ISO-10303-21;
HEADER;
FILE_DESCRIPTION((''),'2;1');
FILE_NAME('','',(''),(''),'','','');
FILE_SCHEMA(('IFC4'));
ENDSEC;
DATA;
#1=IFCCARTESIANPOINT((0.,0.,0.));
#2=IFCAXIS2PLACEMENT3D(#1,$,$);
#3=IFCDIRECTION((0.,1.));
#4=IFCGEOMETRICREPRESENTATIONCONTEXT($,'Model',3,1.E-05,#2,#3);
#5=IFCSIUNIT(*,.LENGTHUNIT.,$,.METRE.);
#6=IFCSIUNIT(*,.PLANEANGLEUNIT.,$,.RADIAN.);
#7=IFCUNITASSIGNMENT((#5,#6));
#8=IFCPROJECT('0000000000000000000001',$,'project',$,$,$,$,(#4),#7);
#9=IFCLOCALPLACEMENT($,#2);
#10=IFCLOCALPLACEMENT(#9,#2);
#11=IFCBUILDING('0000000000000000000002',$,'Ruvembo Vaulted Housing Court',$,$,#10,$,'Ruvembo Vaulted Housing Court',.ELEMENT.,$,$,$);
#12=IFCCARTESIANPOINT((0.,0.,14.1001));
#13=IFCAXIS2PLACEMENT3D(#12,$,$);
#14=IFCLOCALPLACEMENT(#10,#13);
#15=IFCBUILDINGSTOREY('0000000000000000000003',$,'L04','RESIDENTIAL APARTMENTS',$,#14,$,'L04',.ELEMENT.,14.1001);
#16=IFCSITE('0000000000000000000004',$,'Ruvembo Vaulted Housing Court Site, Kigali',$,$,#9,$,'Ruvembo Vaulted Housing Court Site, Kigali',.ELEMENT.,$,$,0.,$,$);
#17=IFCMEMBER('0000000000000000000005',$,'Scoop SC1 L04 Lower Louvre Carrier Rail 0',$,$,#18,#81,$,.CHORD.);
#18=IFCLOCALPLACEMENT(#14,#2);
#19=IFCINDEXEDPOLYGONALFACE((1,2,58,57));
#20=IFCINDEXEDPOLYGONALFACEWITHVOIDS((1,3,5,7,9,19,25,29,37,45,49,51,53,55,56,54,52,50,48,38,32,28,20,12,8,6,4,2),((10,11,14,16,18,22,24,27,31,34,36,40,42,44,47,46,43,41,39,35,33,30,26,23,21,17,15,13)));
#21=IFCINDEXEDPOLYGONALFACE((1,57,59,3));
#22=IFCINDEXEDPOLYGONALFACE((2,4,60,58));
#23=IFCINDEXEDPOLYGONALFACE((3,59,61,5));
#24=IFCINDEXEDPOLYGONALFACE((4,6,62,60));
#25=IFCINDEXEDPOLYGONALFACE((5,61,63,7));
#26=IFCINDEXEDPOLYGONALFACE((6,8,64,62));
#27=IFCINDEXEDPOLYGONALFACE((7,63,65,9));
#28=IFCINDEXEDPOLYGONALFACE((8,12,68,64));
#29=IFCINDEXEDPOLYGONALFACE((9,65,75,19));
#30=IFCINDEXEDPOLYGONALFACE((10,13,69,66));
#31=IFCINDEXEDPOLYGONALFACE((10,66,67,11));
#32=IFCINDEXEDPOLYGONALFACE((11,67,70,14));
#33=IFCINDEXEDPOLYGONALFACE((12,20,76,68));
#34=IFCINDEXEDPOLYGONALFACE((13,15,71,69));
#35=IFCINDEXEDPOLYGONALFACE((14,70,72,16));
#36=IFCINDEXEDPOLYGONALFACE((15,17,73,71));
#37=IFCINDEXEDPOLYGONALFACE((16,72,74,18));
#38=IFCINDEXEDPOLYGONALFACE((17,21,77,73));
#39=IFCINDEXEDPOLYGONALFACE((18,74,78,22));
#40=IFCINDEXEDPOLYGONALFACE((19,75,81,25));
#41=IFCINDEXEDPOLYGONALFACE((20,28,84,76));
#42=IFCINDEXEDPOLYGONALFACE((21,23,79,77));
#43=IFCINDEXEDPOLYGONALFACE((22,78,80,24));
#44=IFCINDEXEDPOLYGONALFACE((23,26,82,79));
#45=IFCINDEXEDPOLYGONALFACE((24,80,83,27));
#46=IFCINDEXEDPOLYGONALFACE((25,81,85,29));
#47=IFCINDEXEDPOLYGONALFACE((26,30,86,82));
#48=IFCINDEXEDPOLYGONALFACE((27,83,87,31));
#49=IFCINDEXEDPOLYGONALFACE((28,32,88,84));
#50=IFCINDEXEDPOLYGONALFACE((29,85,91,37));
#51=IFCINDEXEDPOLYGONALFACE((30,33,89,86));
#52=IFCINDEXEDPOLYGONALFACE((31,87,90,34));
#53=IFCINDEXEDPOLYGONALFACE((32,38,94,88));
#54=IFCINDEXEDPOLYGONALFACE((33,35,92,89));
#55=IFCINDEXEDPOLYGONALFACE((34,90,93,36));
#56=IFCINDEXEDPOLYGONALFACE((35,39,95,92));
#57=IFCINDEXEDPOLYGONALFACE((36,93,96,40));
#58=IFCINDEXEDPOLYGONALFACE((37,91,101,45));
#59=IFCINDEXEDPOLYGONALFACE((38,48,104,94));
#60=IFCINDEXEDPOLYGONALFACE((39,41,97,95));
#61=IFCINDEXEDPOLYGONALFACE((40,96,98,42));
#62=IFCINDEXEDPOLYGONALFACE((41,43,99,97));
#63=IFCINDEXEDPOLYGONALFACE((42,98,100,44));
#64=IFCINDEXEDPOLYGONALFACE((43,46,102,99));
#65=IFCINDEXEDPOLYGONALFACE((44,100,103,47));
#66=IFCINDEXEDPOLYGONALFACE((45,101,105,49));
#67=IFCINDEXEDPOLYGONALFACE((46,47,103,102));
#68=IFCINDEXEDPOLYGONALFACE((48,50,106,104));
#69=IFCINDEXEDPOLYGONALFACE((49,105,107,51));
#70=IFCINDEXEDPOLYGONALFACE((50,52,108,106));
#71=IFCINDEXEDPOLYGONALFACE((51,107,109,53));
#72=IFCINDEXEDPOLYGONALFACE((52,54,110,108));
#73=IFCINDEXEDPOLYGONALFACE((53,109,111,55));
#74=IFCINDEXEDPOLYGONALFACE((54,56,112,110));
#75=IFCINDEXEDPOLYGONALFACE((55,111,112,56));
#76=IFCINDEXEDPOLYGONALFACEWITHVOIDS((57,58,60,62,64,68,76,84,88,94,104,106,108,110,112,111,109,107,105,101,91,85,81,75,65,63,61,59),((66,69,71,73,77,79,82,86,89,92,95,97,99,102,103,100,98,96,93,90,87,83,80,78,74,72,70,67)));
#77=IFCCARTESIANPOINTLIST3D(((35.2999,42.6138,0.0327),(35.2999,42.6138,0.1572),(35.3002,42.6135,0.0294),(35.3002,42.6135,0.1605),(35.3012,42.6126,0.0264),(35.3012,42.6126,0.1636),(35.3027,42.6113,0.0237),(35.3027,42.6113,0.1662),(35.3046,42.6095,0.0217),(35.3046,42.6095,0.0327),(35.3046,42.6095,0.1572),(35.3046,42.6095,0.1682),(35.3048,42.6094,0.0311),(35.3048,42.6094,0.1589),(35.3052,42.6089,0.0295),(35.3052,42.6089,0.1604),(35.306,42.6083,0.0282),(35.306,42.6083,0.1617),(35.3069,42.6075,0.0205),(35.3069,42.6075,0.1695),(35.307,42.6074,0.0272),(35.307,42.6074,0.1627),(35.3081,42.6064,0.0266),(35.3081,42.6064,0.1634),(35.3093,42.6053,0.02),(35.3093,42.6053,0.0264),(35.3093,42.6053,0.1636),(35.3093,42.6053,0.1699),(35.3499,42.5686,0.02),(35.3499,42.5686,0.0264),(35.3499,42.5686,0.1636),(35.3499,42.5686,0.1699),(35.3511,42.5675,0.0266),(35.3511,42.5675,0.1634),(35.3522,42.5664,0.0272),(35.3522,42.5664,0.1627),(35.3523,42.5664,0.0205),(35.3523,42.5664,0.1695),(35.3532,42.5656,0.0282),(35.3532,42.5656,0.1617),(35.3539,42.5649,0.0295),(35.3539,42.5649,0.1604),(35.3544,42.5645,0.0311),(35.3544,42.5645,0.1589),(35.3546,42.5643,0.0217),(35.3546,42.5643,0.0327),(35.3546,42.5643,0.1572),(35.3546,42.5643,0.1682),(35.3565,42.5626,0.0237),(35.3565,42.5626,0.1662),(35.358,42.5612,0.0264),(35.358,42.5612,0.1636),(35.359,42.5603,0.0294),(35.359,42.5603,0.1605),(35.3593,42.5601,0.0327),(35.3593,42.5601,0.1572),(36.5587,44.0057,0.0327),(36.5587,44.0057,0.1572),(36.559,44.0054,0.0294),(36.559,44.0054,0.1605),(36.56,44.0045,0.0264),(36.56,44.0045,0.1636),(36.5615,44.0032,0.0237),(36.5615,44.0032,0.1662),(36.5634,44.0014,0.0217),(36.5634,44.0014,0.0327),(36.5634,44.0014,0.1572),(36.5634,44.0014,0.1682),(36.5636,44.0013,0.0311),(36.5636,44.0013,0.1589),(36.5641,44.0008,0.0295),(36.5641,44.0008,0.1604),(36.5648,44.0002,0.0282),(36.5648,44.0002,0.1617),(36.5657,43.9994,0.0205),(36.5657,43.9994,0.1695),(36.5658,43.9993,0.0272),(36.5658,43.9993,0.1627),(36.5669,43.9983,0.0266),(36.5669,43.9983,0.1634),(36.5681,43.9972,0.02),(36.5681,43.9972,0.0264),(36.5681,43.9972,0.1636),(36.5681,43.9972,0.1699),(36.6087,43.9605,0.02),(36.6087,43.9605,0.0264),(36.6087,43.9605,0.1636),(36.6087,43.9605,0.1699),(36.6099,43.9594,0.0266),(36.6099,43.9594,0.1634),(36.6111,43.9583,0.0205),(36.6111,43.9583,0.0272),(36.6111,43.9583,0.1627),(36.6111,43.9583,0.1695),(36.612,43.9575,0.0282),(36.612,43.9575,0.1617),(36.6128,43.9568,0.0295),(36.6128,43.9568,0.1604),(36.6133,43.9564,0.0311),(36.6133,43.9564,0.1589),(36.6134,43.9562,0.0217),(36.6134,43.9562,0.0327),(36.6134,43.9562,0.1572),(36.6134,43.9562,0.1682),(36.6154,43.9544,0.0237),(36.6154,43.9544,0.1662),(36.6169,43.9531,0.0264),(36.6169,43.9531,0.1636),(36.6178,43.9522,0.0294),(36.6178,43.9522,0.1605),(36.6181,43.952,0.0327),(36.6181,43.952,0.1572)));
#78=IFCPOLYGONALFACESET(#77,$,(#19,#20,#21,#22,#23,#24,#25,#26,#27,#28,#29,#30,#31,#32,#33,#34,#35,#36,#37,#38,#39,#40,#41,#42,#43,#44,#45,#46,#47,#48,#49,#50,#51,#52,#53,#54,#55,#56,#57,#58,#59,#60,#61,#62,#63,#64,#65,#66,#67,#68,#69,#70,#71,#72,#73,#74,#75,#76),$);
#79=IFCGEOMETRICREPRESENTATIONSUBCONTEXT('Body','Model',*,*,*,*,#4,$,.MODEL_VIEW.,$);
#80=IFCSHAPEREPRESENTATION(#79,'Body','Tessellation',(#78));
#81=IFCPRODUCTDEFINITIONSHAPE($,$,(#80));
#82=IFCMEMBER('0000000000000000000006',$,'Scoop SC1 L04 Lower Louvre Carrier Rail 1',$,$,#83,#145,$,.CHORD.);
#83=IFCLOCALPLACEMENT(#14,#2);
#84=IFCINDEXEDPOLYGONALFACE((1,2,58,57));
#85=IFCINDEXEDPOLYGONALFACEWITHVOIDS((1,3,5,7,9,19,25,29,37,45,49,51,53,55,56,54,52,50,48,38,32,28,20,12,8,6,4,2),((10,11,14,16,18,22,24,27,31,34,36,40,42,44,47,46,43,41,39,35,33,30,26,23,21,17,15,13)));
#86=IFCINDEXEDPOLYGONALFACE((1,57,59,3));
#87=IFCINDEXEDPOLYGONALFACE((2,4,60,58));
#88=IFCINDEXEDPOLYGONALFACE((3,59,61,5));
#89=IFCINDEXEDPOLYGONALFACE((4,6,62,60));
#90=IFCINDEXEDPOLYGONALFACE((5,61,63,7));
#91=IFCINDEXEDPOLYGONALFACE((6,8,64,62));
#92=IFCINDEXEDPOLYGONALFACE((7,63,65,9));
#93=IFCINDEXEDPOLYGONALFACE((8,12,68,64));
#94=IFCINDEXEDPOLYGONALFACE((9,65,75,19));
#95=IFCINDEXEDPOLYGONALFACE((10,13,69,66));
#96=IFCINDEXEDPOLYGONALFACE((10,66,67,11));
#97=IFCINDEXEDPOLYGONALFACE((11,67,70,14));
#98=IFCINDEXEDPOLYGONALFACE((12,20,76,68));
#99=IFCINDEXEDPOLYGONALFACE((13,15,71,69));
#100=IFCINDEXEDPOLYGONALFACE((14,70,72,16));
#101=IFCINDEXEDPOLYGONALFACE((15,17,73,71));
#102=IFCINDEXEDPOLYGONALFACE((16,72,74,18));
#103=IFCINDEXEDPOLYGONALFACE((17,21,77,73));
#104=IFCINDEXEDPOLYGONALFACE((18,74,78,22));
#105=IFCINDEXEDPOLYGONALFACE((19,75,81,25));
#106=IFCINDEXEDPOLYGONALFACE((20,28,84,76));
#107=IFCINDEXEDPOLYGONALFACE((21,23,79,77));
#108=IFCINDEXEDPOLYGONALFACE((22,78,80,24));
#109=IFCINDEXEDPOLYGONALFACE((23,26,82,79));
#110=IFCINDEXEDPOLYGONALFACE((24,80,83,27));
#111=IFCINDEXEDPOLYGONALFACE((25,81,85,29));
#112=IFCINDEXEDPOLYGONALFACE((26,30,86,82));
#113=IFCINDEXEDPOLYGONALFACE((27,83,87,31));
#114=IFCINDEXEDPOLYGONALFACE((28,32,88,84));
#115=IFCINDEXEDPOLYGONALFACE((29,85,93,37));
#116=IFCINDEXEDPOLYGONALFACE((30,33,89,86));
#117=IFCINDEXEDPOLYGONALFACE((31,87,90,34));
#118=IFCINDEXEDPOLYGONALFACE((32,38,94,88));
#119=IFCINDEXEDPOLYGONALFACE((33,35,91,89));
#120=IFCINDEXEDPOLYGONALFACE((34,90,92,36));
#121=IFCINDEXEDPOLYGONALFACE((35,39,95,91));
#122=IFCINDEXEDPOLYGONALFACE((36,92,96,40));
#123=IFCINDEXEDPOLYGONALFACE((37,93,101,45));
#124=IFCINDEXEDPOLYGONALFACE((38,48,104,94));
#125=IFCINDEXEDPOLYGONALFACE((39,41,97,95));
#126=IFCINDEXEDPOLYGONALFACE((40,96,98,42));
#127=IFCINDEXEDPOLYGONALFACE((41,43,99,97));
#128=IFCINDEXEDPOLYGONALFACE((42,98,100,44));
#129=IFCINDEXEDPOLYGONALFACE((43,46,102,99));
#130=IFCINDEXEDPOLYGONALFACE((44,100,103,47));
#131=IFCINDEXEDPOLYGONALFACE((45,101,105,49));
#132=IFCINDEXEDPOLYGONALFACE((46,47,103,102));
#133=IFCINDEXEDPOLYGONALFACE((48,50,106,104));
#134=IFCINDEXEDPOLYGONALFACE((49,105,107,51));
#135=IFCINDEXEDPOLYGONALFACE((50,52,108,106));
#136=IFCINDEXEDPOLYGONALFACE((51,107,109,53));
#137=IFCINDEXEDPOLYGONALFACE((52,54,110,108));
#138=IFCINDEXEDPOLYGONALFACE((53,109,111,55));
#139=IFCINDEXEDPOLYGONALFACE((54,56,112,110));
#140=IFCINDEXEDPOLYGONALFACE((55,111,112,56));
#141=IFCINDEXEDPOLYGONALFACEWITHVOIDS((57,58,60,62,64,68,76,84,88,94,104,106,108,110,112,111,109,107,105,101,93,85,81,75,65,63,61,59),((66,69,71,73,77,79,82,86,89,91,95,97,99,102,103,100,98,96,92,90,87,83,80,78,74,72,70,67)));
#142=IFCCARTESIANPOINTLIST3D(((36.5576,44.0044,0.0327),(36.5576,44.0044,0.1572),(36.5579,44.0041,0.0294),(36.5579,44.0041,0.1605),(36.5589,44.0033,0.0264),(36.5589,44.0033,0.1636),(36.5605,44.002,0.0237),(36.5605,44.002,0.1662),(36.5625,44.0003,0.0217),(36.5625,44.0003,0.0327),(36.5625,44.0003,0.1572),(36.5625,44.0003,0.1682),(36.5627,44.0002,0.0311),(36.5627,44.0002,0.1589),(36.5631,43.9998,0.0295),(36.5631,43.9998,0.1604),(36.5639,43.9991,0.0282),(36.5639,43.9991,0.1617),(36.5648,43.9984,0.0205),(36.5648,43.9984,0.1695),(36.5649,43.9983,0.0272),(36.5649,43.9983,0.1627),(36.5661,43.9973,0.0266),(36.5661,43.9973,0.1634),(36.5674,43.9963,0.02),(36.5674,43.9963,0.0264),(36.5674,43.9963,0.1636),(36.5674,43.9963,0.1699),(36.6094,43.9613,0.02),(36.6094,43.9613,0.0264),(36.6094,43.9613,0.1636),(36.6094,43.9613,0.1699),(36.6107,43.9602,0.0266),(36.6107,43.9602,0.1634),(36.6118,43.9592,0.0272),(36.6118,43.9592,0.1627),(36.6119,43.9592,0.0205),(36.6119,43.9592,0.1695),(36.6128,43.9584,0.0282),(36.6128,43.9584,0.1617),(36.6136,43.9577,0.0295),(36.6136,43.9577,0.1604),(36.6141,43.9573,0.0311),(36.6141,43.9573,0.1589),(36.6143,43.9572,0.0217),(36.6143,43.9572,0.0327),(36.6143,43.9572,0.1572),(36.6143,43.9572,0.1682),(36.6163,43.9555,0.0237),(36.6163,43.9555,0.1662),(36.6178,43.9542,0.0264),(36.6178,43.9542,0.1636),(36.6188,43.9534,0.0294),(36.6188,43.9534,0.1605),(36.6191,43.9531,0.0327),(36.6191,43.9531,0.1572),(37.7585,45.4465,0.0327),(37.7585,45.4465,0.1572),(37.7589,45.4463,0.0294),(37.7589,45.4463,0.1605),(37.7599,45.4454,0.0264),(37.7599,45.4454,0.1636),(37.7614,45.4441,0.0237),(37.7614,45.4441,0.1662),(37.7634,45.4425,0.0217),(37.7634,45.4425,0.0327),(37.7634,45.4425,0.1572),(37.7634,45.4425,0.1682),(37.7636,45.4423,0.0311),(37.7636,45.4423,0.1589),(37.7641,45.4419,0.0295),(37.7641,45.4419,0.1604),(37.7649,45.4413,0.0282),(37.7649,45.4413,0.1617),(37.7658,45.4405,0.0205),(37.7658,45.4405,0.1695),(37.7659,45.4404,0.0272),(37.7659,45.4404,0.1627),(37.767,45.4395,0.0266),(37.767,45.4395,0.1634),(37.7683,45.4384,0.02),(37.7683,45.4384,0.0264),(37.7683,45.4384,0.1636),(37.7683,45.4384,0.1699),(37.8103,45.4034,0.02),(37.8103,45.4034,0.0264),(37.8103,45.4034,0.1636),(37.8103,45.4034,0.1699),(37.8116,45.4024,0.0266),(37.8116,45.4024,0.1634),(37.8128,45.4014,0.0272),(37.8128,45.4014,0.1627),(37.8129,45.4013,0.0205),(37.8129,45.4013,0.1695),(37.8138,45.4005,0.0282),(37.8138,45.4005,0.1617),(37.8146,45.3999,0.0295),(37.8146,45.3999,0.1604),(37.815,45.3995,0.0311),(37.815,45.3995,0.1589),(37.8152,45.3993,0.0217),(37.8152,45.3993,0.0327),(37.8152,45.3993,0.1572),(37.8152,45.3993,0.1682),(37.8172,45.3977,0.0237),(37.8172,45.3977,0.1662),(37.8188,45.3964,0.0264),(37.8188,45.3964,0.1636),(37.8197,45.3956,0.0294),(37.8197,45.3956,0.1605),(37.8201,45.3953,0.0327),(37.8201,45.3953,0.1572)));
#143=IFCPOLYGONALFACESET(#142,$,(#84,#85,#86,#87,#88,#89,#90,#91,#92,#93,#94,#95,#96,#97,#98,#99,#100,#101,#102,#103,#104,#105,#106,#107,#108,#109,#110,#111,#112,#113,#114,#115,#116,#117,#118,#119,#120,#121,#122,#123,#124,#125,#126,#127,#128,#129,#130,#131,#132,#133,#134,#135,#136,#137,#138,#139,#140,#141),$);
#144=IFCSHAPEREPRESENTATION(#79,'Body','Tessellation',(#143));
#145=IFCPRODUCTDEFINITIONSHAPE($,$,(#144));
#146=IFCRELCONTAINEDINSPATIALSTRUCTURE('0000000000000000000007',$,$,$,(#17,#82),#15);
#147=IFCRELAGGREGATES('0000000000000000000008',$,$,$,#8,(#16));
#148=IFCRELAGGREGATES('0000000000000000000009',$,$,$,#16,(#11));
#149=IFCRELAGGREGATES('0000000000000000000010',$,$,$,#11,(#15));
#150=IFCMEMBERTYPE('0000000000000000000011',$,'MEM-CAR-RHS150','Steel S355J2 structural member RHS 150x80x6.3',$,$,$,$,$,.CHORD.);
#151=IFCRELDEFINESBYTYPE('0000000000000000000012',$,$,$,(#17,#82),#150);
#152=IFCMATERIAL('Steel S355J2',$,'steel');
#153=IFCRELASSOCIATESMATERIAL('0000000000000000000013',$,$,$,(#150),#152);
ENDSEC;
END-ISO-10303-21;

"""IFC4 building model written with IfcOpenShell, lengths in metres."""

from ifc_helpers import new_model, si_unit, direction, frame, origin, origin_2d, place, context, subcontext, project, spatial, hollow_rectangle, extrude, material, material_profile, profile_set, type_object, element, save


model = new_model("IFC4")

# Units and contexts
model_context = context("Model", 3, precision=1e-05, world=origin(), true_north=direction((0.0, 1.0)))
body_context = subcontext(model_context, "Body", "Model", "MODEL_VIEW")
ifc_project = project(units=[si_unit("LENGTHUNIT", "METRE"), si_unit("PLANEANGLEUNIT", "RADIAN")], contexts=[model_context])

# Site, building, storey
site_placement = place(None, origin())
site = spatial("IfcSite", under=ifc_project, at=site_placement, Name="Ruvembo Vaulted Housing Court Site, Kigali", LongName="Ruvembo Vaulted Housing Court Site, Kigali", CompositionType="ELEMENT", RefElevation=0.0)
building_placement = place(site_placement, origin())
building = spatial("IfcBuilding", under=site, at=building_placement, Name="Ruvembo Vaulted Housing Court", LongName="Ruvembo Vaulted Housing Court", CompositionType="ELEMENT")
storey_placement = place(building_placement, frame((0.0, 0.0, 14.1001)))
storey = spatial("IfcBuildingStorey", under=building, at=storey_placement, Name="L04", Description="RESIDENTIAL APARTMENTS", LongName="L04", CompositionType="ELEMENT", Elevation=14.1001)

# Shared definitions
ifc_material_1 = material(Name="Steel S355J2", Category="steel")

# Members
ifc_material_profile_1 = material_profile(ifc_material_1, hollow_rectangle(XDim=0.0801, YDim=0.1499, WallThickness=0.0063, InnerFilletRadius=0.0063, OuterFilletRadius=0.0127, at=origin_2d()), Name="RHS 150x80x6.3")
ifc_profile_set_1 = profile_set([ifc_material_profile_1], Name="Steel S355J2")
member_type_1 = type_object("IfcMemberType", Name="MEM-CAR-RHS150", Description="Steel S355J2 structural member RHS 150x80x6.3", PredefinedType="CHORD", material=ifc_profile_set_1)
for number, where, z_axis, x_axis, name in (
    (1, (35.3296, 42.5869, 0.095), (0.670767, 0.741668, 0.0), (-0.741668, 0.670767, 0.0), "Scoop SC1 L04 Lower Louvre Carrier Rail 0"),
    (2, (36.5884, 43.9788, 0.095), (0.639916, 0.768445, 0.0), (-0.768445, 0.639916, 0.0), "Scoop SC1 L04 Lower Louvre Carrier Rail 1"),
):
    element("IfcMember", number, at=place(storey_placement, frame(where, z_axis=z_axis, x_axis=x_axis)), inside=storey, type_object=member_type_1, Name=name, PredefinedType="CHORD", context=body_context, shape_type="SweptSolid", body=[
        extrude(hollow_rectangle(XDim=0.0801, YDim=0.1499, WallThickness=0.0063, InnerFilletRadius=0.0063, OuterFilletRadius=0.0127, at=origin_2d()), origin(), (0.0, 0.0, 1.0), 1.8767),
    ])

save(model, "model.ifc")
